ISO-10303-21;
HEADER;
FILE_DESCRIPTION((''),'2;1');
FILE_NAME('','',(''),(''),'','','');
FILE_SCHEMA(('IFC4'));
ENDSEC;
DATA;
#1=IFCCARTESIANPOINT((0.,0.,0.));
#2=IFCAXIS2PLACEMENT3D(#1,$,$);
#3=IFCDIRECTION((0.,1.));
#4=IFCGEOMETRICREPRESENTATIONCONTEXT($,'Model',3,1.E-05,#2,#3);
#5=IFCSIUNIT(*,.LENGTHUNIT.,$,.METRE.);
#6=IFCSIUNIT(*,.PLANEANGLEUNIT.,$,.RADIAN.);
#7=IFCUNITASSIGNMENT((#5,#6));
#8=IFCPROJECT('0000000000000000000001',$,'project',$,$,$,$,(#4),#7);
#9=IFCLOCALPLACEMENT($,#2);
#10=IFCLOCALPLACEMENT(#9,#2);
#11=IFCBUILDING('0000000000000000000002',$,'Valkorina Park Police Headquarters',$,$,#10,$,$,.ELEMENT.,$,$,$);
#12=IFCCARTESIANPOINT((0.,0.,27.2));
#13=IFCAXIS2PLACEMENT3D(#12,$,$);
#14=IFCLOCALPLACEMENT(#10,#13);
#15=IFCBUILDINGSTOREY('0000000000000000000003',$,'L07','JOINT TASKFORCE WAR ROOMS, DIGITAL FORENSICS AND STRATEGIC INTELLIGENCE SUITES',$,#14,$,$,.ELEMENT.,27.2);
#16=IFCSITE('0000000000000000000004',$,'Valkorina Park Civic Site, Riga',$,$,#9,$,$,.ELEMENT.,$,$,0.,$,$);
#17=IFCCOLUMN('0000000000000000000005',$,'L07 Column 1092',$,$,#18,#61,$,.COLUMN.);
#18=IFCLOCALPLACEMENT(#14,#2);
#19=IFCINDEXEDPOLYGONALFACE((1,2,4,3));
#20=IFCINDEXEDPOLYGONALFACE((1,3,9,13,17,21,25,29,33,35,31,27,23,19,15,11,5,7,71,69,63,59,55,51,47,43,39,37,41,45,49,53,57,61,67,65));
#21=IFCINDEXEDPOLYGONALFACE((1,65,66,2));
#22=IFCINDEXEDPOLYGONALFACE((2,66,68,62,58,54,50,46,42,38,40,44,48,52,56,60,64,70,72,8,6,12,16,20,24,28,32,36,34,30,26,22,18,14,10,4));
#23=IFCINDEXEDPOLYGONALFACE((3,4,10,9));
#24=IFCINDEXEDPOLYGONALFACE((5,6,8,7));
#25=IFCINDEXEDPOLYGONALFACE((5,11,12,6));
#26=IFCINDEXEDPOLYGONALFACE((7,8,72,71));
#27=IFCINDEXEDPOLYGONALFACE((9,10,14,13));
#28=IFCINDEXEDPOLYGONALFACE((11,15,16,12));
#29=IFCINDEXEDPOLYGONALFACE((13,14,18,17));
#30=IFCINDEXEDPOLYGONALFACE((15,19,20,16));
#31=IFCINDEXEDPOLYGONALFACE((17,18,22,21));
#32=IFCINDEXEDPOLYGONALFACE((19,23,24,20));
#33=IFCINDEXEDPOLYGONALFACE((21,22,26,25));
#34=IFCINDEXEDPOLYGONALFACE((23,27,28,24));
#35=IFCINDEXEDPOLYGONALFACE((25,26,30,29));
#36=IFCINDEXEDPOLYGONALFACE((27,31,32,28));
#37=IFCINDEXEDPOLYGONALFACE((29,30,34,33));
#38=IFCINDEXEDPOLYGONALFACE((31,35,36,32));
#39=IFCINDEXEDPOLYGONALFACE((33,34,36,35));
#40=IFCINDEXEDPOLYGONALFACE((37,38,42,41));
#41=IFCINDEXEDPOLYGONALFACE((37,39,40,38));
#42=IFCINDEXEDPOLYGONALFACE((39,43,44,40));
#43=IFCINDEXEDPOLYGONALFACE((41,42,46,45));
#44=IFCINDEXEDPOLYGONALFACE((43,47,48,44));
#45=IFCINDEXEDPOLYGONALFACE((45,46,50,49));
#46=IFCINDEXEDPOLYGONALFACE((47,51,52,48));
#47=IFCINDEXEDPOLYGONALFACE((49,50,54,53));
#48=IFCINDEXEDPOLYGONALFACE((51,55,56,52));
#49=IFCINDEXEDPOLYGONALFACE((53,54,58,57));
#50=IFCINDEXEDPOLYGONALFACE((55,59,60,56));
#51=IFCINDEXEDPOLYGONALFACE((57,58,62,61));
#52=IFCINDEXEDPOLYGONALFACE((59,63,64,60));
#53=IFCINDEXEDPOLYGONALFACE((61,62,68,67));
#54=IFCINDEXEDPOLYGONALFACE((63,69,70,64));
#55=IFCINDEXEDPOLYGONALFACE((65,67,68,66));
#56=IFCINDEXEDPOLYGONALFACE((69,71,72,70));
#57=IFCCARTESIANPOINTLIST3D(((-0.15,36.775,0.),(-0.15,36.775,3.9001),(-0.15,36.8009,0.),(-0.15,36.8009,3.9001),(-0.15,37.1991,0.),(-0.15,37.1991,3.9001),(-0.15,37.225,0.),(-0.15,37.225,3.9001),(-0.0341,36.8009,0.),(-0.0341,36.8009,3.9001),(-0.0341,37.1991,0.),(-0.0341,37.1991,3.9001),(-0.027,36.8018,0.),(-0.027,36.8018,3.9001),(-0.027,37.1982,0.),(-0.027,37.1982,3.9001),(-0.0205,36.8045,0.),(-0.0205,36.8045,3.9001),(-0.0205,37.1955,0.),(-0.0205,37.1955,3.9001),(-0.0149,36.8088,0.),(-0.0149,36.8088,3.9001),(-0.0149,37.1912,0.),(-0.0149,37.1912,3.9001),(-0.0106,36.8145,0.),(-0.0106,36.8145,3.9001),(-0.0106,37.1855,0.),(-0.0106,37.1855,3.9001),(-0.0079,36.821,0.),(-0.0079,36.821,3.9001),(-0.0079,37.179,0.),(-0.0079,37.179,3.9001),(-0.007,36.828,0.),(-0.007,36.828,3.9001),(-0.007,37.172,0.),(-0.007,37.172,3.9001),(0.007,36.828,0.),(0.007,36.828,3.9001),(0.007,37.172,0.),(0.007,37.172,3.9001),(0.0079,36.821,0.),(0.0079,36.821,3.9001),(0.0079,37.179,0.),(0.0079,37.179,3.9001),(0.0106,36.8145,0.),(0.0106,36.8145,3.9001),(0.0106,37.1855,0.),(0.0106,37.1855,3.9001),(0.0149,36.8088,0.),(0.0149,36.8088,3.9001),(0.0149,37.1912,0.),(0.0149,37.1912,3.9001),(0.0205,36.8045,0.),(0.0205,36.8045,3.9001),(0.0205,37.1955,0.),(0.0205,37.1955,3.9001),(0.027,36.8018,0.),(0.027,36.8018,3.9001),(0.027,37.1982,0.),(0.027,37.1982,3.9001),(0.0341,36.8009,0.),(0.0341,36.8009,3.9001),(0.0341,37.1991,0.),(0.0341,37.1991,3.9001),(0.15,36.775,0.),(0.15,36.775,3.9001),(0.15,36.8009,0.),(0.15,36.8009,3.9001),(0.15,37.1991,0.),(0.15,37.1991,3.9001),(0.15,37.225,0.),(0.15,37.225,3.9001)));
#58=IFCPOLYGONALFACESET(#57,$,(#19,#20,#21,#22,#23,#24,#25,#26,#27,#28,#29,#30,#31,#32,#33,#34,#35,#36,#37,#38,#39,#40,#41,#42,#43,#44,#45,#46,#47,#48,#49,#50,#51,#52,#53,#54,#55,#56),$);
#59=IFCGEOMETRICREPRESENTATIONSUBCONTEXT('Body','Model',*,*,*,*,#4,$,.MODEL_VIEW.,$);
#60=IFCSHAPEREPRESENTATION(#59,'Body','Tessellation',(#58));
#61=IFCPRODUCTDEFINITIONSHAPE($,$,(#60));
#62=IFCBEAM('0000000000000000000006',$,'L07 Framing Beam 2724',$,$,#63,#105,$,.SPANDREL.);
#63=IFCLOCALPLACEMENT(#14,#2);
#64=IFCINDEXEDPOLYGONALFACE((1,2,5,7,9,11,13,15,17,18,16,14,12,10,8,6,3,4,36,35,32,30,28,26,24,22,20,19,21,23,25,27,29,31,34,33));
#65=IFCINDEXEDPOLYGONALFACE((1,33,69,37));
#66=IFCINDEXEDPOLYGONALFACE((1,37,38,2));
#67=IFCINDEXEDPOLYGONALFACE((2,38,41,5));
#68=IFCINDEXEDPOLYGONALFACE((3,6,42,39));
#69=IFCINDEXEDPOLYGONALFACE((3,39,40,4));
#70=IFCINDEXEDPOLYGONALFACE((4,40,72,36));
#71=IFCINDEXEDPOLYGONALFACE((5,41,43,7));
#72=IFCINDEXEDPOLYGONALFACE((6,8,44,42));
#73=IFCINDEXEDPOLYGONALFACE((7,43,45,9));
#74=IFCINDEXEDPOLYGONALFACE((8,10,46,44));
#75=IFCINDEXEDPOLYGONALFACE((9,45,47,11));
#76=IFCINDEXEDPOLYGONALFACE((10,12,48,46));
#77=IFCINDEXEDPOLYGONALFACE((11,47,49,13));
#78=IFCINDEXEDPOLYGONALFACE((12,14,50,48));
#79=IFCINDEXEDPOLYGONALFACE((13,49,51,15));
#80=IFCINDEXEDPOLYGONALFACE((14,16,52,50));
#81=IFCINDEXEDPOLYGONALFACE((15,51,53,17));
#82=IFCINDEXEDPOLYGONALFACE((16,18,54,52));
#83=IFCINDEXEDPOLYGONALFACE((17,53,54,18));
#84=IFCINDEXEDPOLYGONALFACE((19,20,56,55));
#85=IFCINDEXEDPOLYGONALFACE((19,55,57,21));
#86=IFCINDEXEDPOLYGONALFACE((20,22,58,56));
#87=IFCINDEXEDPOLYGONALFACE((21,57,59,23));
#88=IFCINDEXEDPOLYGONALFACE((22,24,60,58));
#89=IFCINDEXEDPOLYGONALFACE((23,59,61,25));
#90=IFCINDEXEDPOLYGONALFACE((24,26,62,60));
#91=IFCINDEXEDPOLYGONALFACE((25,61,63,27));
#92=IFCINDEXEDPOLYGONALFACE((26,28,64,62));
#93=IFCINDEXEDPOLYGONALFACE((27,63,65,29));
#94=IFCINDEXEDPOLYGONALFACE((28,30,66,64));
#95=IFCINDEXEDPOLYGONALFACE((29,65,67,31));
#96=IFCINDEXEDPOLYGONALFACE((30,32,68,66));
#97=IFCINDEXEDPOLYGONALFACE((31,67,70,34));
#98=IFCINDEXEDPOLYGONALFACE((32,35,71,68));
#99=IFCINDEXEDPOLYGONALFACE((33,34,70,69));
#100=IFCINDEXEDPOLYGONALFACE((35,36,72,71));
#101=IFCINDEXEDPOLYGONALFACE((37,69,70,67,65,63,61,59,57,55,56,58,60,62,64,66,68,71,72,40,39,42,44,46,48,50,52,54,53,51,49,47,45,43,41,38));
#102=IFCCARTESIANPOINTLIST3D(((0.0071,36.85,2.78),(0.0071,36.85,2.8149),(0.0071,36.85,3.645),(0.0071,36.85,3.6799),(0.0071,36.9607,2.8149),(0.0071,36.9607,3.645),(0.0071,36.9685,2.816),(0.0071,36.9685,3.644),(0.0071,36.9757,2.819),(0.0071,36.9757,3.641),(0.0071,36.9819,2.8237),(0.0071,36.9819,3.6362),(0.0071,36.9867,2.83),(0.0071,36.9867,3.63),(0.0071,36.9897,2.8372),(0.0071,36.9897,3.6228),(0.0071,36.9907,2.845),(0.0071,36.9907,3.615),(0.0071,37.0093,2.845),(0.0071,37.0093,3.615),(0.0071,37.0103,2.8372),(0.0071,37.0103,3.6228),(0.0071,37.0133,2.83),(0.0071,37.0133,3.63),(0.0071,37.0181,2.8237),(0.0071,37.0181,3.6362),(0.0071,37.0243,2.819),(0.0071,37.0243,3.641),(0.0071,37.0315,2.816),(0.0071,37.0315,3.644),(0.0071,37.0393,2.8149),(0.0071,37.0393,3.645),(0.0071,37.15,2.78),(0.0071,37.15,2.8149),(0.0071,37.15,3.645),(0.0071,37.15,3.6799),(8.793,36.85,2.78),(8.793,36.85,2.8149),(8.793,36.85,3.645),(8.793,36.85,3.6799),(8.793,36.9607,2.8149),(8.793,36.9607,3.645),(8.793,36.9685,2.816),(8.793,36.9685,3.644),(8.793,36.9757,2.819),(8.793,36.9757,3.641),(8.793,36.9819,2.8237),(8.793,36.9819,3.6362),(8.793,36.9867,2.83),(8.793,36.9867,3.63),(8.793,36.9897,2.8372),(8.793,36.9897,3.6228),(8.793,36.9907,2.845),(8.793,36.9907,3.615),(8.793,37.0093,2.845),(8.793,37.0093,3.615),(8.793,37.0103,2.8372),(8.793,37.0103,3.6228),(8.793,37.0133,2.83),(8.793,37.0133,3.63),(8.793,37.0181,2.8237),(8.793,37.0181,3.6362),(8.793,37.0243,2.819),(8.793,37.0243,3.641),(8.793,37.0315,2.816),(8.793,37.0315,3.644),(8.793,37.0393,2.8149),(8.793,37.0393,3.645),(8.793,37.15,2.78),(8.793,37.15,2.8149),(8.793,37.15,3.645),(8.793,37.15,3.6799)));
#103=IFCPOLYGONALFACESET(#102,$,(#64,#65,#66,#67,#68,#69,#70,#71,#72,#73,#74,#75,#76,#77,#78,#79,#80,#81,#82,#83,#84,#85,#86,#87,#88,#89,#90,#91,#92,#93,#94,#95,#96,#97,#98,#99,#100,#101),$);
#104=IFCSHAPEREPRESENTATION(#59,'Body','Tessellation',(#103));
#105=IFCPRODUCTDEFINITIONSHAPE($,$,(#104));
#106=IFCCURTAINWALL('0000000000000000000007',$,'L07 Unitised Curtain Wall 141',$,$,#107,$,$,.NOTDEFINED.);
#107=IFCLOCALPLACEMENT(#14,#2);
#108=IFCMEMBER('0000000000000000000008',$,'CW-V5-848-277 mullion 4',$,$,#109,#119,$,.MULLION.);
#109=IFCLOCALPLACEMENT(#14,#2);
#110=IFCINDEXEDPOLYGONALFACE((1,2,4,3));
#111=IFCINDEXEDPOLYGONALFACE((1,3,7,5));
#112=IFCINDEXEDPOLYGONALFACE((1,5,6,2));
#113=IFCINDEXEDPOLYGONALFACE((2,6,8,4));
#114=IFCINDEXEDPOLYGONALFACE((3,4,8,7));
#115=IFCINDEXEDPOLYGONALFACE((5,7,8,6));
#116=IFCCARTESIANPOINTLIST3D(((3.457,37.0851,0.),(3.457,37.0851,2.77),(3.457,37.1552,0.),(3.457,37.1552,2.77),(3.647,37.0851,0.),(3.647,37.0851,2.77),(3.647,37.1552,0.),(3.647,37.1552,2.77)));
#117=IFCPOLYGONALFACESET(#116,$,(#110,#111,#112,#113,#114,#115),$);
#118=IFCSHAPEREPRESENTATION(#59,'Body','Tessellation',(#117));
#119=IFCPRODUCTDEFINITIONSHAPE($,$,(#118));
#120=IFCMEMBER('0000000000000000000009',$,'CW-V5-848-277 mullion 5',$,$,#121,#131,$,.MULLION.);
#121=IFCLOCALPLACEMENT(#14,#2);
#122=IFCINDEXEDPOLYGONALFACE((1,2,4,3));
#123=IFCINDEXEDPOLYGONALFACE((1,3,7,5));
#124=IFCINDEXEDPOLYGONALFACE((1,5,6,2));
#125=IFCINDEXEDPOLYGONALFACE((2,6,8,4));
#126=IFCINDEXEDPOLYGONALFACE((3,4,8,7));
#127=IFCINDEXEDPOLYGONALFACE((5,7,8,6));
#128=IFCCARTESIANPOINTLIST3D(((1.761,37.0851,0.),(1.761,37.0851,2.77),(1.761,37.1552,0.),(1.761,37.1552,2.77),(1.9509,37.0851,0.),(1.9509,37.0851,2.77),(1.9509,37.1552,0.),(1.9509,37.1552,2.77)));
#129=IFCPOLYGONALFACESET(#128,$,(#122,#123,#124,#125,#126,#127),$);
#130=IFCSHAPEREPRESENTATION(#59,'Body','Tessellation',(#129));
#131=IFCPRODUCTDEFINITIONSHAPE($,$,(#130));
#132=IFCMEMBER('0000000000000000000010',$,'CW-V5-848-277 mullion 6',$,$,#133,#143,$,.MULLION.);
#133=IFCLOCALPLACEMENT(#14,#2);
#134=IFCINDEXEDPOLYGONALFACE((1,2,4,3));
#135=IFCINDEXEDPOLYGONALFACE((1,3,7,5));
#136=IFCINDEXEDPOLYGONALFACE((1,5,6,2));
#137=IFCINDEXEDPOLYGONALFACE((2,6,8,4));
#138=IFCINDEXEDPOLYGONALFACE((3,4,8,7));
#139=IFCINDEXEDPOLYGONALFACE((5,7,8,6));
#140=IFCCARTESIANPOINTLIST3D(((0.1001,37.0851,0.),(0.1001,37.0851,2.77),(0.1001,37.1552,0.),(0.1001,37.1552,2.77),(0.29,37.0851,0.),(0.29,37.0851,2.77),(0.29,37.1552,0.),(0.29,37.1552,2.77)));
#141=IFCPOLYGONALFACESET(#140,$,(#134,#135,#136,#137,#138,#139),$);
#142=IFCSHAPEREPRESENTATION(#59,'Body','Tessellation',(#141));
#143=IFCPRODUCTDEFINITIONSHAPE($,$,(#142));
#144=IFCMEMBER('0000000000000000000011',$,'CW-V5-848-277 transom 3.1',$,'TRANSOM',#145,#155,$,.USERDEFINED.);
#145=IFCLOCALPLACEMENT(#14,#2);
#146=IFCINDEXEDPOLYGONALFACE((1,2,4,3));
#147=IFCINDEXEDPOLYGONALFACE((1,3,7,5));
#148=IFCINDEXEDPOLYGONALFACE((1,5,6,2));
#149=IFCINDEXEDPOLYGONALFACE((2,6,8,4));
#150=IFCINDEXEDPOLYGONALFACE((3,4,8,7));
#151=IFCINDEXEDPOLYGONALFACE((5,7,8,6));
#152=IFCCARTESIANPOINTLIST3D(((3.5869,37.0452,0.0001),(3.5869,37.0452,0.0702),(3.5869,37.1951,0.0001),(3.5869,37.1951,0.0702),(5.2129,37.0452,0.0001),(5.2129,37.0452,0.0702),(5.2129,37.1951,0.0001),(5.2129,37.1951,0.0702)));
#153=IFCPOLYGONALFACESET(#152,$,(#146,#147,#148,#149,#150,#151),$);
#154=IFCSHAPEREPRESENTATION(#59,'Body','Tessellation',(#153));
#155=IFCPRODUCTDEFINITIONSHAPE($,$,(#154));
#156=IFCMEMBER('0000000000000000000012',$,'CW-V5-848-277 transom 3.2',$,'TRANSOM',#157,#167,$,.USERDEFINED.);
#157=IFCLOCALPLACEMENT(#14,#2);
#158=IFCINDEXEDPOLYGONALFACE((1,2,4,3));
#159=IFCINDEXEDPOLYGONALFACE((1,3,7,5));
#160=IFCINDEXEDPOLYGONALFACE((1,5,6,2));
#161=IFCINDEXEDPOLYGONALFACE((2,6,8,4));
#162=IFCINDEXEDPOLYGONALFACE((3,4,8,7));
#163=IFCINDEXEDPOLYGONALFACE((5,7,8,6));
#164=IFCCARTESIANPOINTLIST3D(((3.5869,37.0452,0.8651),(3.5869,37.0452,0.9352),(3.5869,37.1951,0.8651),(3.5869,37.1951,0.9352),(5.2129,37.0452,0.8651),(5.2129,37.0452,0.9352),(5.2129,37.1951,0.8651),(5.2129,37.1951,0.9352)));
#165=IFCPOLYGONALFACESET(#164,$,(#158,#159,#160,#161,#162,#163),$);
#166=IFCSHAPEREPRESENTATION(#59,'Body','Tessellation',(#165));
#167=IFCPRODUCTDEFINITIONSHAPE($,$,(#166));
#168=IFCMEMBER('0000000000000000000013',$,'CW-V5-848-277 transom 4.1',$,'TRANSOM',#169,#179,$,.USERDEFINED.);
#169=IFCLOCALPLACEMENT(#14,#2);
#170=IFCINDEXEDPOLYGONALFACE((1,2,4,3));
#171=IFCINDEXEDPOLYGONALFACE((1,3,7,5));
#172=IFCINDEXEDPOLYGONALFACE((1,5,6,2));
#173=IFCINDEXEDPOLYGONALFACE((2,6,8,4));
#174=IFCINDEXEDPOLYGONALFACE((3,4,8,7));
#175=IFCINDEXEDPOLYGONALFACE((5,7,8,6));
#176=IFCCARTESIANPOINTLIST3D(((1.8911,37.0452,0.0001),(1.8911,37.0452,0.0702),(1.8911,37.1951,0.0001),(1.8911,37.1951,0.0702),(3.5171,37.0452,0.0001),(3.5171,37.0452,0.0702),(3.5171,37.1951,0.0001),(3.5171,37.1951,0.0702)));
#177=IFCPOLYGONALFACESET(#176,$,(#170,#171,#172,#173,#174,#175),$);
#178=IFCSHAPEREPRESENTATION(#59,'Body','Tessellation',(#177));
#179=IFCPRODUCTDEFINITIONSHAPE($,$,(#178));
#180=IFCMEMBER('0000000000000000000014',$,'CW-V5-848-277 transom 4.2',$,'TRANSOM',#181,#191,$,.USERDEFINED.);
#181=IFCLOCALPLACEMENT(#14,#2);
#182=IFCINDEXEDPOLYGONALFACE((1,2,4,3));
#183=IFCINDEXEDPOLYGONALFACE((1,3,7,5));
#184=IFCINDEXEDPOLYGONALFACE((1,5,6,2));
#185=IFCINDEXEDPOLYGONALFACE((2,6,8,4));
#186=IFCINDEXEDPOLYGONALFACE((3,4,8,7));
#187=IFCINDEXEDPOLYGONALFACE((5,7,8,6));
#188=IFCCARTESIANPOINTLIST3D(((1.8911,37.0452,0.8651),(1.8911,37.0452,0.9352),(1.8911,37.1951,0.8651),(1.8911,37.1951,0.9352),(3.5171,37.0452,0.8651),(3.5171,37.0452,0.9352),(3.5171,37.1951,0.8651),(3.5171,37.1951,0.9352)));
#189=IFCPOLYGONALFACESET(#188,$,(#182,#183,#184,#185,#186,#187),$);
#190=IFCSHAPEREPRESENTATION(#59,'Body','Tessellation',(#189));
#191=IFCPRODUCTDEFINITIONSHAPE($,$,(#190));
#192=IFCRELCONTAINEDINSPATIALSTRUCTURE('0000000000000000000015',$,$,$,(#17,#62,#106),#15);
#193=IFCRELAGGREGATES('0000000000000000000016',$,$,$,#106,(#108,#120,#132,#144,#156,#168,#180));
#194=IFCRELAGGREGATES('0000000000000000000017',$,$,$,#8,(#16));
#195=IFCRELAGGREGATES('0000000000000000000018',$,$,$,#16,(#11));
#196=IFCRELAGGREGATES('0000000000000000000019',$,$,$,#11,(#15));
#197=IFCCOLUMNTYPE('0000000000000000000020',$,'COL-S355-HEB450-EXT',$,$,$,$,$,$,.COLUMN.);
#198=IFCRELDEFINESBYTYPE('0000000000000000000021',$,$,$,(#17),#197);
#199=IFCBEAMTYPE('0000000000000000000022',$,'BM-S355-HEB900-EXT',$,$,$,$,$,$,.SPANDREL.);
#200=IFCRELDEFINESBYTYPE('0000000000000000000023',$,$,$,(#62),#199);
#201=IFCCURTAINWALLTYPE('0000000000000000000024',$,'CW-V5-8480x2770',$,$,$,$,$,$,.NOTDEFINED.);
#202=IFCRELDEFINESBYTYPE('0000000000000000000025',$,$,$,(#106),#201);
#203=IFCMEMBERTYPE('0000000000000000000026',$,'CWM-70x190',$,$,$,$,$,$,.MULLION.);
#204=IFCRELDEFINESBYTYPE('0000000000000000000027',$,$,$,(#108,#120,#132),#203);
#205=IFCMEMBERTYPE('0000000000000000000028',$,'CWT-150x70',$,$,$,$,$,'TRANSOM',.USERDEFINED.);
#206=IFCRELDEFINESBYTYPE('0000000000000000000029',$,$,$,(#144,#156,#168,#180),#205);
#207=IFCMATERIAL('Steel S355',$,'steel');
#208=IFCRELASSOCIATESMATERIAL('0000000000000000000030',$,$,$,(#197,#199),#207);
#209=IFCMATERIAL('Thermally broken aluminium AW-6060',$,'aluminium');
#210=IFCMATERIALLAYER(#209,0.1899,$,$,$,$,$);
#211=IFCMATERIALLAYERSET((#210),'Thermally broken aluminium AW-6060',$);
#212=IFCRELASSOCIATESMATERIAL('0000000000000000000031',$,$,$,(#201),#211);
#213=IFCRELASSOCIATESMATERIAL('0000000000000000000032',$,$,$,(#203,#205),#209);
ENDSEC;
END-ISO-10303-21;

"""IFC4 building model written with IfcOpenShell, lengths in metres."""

from ifc_helpers import new_model, si_unit, direction, frame, origin, origin_2d, place, context, subcontext, project, spatial, rectangle, i_section, extrude, material, layer, layer_set, material_profile, profile_set, type_object, element, aggregate, save


model = new_model("IFC4")

# Units and contexts
model_context = context("Model", 3, precision=1e-05, world=origin(), true_north=direction((0.0, 1.0)))
body_context = subcontext(model_context, "Body", "Model", "MODEL_VIEW")
ifc_project = project(units=[si_unit("LENGTHUNIT", "METRE"), si_unit("PLANEANGLEUNIT", "RADIAN")], contexts=[model_context])

# Site, building, storey
site_placement = place(None, origin())
site = spatial("IfcSite", under=ifc_project, at=site_placement, Name="Valkorina Park Civic Site, Riga", CompositionType="ELEMENT", RefElevation=0.0)
building_placement = place(site_placement, origin())
building = spatial("IfcBuilding", under=site, at=building_placement, Name="Valkorina Park Police Headquarters", CompositionType="ELEMENT")
storey_placement = place(building_placement, frame((0.0, 0.0, 27.2)))
storey = spatial("IfcBuildingStorey", under=building, at=storey_placement, Name="L07", Description="JOINT TASKFORCE WAR ROOMS, DIGITAL FORENSICS AND STRATEGIC INTELLIGENCE SUITES", CompositionType="ELEMENT", Elevation=27.2)

# Column
ifc_material_1 = material(Name="Steel S355", Category="steel")
ifc_material_profile_1 = material_profile(ifc_material_1, i_section(OverallWidth=0.3, OverallDepth=0.45, WebThickness=0.0139, FlangeThickness=0.0259, FilletRadius=0.0271, at=origin_2d()), Name="HEB 450")
ifc_profile_set_1 = profile_set([ifc_material_profile_1], Name="Steel S355")
column_type = type_object("IfcColumnType", Name="COL-S355-HEB450-EXT", PredefinedType="COLUMN", material=ifc_profile_set_1)
column_placement = place(storey_placement, frame((0.0, 37.0, 0.0), z_axis=(0.0, 0.0, 1.0), x_axis=(1.0, 0.0, 0.0)))
element("IfcColumn", 1, at=column_placement, inside=storey, type_object=column_type, Name="L07 Column 1092", PredefinedType="COLUMN", context=body_context, shape_type="SweptSolid", body=[
    extrude(i_section(OverallWidth=0.3, OverallDepth=0.45, WebThickness=0.0139, FlangeThickness=0.0259, FilletRadius=0.0271, at=origin_2d()), origin(), (0.0, 0.0, 1.0), 3.9001),
])

# Beam
ifc_material_profile_2 = material_profile(ifc_material_1, i_section(OverallWidth=0.3, OverallDepth=0.8999, WebThickness=0.0186, FlangeThickness=0.0349, FilletRadius=0.03, at=origin_2d()), Name="HEB 900")
ifc_profile_set_2 = profile_set([ifc_material_profile_2], Name="Steel S355")
beam_type = type_object("IfcBeamType", Name="BM-S355-HEB900-EXT", PredefinedType="SPANDREL", material=ifc_profile_set_2)
beam_placement = place(storey_placement, frame((0.0071, 37.0, 3.23), z_axis=(1.0, 0.0, 0.0), x_axis=(0.0, 1.0, 0.0)))
element("IfcBeam", 2, at=beam_placement, inside=storey, type_object=beam_type, Name="L07 Framing Beam 2724", PredefinedType="SPANDREL", context=body_context, shape_type="SweptSolid", body=[
    extrude(i_section(OverallWidth=0.3, OverallDepth=0.8999, WebThickness=0.0186, FlangeThickness=0.0349, FilletRadius=0.03, at=origin_2d()), origin(), (0.0, 0.0, 1.0), 8.7859),
])

# Curtain wall, members
ifc_material_2 = material(Name="Thermally broken aluminium AW-6060", Category="aluminium")
ifc_layer_1 = layer(ifc_material_2, 0.1899)
ifc_layer_set_1 = layer_set([ifc_layer_1], Name="Thermally broken aluminium AW-6060")
curtain_wall_type = type_object("IfcCurtainWallType", Name="CW-V5-8480x2770", PredefinedType="NOTDEFINED", material=ifc_layer_set_1)
curtain_wall_placement = place(storey_placement, origin())
curtain_wall = element("IfcCurtainWall", 3, at=curtain_wall_placement, inside=storey, type_object=curtain_wall_type, Name="L07 Unitised Curtain Wall 141", PredefinedType="NOTDEFINED")
ifc_material_profile_3 = material_profile(ifc_material_2, rectangle(XDim=0.0701, YDim=0.1899, at=origin_2d()), Name="CWM-02 70x190")
ifc_profile_set_3 = profile_set([ifc_material_profile_3], Name="Thermally broken aluminium AW-6060")
member_type_1 = type_object("IfcMemberType", Name="CWM-70x190", PredefinedType="MULLION", material=ifc_profile_set_3)
member_1_placement = place(storey_placement, frame((3.552, 37.1201, 0.0), z_axis=(0.0, 0.0, 1.0), x_axis=(0.0, -1.0, 0.0)))
member_1 = element("IfcMember", 4, at=member_1_placement, type_object=member_type_1, Name="CW-V5-848-277 mullion 4", PredefinedType="MULLION", context=body_context, shape_type="SweptSolid", body=[
    extrude(rectangle(XDim=0.0701, YDim=0.1899, at=origin_2d()), origin(), (0.0, 0.0, 1.0), 2.77),
])
member_2_placement = place(storey_placement, frame((1.856, 37.1201, 0.0), z_axis=(0.0, 0.0, 1.0), x_axis=(0.0, -1.0, 0.0)))
member_2 = element("IfcMember", 5, at=member_2_placement, type_object=member_type_1, Name="CW-V5-848-277 mullion 5", PredefinedType="MULLION", context=body_context, shape_type="SweptSolid", body=[
    extrude(rectangle(XDim=0.0701, YDim=0.1899, at=origin_2d()), origin(), (0.0, 0.0, 1.0), 2.77),
])
member_3_placement = place(storey_placement, frame((0.1951, 37.1201, 0.0), z_axis=(0.0, 0.0, 1.0), x_axis=(0.0, -1.0, 0.0)))
member_3 = element("IfcMember", 6, at=member_3_placement, type_object=member_type_1, Name="CW-V5-848-277 mullion 6", PredefinedType="MULLION", context=body_context, shape_type="SweptSolid", body=[
    extrude(rectangle(XDim=0.0701, YDim=0.1899, at=origin_2d()), origin(), (0.0, 0.0, 1.0), 2.77),
])
ifc_material_profile_4 = material_profile(ifc_material_2, rectangle(XDim=0.1499, YDim=0.0701, at=origin_2d()), Name="CWT-02 150x70")
ifc_profile_set_4 = profile_set([ifc_material_profile_4], Name="Thermally broken aluminium AW-6060")
member_type_2 = type_object("IfcMemberType", Name="CWT-150x70", ElementType="TRANSOM", PredefinedType="USERDEFINED", material=ifc_profile_set_4)
member_4_placement = place(storey_placement, frame((5.2129, 37.1201, 0.0352), z_axis=(-1.0, 0.0, 0.0), x_axis=(0.0, -1.0, 0.0)))
member_4 = element("IfcMember", 7, at=member_4_placement, type_object=member_type_2, Name="CW-V5-848-277 transom 3.1", ObjectType="TRANSOM", PredefinedType="USERDEFINED", context=body_context, shape_type="SweptSolid", body=[
    extrude(rectangle(XDim=0.1499, YDim=0.0701, at=origin_2d()), origin(), (0.0, 0.0, 1.0), 1.626),
])
member_5_placement = place(storey_placement, frame((5.2129, 37.1201, 0.9001), z_axis=(-1.0, 0.0, 0.0), x_axis=(0.0, -1.0, 0.0)))
member_5 = element("IfcMember", 8, at=member_5_placement, type_object=member_type_2, Name="CW-V5-848-277 transom 3.2", ObjectType="TRANSOM", PredefinedType="USERDEFINED", context=body_context, shape_type="SweptSolid", body=[
    extrude(rectangle(XDim=0.1499, YDim=0.0701, at=origin_2d()), origin(), (0.0, 0.0, 1.0), 1.626),
])
member_6_placement = place(storey_placement, frame((3.5171, 37.1201, 0.0352), z_axis=(-1.0, 0.0, 0.0), x_axis=(0.0, -1.0, 0.0)))
member_6 = element("IfcMember", 9, at=member_6_placement, type_object=member_type_2, Name="CW-V5-848-277 transom 4.1", ObjectType="TRANSOM", PredefinedType="USERDEFINED", context=body_context, shape_type="SweptSolid", body=[
    extrude(rectangle(XDim=0.1499, YDim=0.0701, at=origin_2d()), origin(), (0.0, 0.0, 1.0), 1.626),
])
member_7_placement = place(storey_placement, frame((3.5171, 37.1201, 0.9001), z_axis=(-1.0, 0.0, 0.0), x_axis=(0.0, -1.0, 0.0)))
member_7 = element("IfcMember", 10, at=member_7_placement, type_object=member_type_2, Name="CW-V5-848-277 transom 4.2", ObjectType="TRANSOM", PredefinedType="USERDEFINED", context=body_context, shape_type="SweptSolid", body=[
    extrude(rectangle(XDim=0.1499, YDim=0.0701, at=origin_2d()), origin(), (0.0, 0.0, 1.0), 1.626),
])
aggregate(curtain_wall, [member_1, member_2, member_3, member_4, member_5, member_6, member_7])

save(model, "model.ifc")
